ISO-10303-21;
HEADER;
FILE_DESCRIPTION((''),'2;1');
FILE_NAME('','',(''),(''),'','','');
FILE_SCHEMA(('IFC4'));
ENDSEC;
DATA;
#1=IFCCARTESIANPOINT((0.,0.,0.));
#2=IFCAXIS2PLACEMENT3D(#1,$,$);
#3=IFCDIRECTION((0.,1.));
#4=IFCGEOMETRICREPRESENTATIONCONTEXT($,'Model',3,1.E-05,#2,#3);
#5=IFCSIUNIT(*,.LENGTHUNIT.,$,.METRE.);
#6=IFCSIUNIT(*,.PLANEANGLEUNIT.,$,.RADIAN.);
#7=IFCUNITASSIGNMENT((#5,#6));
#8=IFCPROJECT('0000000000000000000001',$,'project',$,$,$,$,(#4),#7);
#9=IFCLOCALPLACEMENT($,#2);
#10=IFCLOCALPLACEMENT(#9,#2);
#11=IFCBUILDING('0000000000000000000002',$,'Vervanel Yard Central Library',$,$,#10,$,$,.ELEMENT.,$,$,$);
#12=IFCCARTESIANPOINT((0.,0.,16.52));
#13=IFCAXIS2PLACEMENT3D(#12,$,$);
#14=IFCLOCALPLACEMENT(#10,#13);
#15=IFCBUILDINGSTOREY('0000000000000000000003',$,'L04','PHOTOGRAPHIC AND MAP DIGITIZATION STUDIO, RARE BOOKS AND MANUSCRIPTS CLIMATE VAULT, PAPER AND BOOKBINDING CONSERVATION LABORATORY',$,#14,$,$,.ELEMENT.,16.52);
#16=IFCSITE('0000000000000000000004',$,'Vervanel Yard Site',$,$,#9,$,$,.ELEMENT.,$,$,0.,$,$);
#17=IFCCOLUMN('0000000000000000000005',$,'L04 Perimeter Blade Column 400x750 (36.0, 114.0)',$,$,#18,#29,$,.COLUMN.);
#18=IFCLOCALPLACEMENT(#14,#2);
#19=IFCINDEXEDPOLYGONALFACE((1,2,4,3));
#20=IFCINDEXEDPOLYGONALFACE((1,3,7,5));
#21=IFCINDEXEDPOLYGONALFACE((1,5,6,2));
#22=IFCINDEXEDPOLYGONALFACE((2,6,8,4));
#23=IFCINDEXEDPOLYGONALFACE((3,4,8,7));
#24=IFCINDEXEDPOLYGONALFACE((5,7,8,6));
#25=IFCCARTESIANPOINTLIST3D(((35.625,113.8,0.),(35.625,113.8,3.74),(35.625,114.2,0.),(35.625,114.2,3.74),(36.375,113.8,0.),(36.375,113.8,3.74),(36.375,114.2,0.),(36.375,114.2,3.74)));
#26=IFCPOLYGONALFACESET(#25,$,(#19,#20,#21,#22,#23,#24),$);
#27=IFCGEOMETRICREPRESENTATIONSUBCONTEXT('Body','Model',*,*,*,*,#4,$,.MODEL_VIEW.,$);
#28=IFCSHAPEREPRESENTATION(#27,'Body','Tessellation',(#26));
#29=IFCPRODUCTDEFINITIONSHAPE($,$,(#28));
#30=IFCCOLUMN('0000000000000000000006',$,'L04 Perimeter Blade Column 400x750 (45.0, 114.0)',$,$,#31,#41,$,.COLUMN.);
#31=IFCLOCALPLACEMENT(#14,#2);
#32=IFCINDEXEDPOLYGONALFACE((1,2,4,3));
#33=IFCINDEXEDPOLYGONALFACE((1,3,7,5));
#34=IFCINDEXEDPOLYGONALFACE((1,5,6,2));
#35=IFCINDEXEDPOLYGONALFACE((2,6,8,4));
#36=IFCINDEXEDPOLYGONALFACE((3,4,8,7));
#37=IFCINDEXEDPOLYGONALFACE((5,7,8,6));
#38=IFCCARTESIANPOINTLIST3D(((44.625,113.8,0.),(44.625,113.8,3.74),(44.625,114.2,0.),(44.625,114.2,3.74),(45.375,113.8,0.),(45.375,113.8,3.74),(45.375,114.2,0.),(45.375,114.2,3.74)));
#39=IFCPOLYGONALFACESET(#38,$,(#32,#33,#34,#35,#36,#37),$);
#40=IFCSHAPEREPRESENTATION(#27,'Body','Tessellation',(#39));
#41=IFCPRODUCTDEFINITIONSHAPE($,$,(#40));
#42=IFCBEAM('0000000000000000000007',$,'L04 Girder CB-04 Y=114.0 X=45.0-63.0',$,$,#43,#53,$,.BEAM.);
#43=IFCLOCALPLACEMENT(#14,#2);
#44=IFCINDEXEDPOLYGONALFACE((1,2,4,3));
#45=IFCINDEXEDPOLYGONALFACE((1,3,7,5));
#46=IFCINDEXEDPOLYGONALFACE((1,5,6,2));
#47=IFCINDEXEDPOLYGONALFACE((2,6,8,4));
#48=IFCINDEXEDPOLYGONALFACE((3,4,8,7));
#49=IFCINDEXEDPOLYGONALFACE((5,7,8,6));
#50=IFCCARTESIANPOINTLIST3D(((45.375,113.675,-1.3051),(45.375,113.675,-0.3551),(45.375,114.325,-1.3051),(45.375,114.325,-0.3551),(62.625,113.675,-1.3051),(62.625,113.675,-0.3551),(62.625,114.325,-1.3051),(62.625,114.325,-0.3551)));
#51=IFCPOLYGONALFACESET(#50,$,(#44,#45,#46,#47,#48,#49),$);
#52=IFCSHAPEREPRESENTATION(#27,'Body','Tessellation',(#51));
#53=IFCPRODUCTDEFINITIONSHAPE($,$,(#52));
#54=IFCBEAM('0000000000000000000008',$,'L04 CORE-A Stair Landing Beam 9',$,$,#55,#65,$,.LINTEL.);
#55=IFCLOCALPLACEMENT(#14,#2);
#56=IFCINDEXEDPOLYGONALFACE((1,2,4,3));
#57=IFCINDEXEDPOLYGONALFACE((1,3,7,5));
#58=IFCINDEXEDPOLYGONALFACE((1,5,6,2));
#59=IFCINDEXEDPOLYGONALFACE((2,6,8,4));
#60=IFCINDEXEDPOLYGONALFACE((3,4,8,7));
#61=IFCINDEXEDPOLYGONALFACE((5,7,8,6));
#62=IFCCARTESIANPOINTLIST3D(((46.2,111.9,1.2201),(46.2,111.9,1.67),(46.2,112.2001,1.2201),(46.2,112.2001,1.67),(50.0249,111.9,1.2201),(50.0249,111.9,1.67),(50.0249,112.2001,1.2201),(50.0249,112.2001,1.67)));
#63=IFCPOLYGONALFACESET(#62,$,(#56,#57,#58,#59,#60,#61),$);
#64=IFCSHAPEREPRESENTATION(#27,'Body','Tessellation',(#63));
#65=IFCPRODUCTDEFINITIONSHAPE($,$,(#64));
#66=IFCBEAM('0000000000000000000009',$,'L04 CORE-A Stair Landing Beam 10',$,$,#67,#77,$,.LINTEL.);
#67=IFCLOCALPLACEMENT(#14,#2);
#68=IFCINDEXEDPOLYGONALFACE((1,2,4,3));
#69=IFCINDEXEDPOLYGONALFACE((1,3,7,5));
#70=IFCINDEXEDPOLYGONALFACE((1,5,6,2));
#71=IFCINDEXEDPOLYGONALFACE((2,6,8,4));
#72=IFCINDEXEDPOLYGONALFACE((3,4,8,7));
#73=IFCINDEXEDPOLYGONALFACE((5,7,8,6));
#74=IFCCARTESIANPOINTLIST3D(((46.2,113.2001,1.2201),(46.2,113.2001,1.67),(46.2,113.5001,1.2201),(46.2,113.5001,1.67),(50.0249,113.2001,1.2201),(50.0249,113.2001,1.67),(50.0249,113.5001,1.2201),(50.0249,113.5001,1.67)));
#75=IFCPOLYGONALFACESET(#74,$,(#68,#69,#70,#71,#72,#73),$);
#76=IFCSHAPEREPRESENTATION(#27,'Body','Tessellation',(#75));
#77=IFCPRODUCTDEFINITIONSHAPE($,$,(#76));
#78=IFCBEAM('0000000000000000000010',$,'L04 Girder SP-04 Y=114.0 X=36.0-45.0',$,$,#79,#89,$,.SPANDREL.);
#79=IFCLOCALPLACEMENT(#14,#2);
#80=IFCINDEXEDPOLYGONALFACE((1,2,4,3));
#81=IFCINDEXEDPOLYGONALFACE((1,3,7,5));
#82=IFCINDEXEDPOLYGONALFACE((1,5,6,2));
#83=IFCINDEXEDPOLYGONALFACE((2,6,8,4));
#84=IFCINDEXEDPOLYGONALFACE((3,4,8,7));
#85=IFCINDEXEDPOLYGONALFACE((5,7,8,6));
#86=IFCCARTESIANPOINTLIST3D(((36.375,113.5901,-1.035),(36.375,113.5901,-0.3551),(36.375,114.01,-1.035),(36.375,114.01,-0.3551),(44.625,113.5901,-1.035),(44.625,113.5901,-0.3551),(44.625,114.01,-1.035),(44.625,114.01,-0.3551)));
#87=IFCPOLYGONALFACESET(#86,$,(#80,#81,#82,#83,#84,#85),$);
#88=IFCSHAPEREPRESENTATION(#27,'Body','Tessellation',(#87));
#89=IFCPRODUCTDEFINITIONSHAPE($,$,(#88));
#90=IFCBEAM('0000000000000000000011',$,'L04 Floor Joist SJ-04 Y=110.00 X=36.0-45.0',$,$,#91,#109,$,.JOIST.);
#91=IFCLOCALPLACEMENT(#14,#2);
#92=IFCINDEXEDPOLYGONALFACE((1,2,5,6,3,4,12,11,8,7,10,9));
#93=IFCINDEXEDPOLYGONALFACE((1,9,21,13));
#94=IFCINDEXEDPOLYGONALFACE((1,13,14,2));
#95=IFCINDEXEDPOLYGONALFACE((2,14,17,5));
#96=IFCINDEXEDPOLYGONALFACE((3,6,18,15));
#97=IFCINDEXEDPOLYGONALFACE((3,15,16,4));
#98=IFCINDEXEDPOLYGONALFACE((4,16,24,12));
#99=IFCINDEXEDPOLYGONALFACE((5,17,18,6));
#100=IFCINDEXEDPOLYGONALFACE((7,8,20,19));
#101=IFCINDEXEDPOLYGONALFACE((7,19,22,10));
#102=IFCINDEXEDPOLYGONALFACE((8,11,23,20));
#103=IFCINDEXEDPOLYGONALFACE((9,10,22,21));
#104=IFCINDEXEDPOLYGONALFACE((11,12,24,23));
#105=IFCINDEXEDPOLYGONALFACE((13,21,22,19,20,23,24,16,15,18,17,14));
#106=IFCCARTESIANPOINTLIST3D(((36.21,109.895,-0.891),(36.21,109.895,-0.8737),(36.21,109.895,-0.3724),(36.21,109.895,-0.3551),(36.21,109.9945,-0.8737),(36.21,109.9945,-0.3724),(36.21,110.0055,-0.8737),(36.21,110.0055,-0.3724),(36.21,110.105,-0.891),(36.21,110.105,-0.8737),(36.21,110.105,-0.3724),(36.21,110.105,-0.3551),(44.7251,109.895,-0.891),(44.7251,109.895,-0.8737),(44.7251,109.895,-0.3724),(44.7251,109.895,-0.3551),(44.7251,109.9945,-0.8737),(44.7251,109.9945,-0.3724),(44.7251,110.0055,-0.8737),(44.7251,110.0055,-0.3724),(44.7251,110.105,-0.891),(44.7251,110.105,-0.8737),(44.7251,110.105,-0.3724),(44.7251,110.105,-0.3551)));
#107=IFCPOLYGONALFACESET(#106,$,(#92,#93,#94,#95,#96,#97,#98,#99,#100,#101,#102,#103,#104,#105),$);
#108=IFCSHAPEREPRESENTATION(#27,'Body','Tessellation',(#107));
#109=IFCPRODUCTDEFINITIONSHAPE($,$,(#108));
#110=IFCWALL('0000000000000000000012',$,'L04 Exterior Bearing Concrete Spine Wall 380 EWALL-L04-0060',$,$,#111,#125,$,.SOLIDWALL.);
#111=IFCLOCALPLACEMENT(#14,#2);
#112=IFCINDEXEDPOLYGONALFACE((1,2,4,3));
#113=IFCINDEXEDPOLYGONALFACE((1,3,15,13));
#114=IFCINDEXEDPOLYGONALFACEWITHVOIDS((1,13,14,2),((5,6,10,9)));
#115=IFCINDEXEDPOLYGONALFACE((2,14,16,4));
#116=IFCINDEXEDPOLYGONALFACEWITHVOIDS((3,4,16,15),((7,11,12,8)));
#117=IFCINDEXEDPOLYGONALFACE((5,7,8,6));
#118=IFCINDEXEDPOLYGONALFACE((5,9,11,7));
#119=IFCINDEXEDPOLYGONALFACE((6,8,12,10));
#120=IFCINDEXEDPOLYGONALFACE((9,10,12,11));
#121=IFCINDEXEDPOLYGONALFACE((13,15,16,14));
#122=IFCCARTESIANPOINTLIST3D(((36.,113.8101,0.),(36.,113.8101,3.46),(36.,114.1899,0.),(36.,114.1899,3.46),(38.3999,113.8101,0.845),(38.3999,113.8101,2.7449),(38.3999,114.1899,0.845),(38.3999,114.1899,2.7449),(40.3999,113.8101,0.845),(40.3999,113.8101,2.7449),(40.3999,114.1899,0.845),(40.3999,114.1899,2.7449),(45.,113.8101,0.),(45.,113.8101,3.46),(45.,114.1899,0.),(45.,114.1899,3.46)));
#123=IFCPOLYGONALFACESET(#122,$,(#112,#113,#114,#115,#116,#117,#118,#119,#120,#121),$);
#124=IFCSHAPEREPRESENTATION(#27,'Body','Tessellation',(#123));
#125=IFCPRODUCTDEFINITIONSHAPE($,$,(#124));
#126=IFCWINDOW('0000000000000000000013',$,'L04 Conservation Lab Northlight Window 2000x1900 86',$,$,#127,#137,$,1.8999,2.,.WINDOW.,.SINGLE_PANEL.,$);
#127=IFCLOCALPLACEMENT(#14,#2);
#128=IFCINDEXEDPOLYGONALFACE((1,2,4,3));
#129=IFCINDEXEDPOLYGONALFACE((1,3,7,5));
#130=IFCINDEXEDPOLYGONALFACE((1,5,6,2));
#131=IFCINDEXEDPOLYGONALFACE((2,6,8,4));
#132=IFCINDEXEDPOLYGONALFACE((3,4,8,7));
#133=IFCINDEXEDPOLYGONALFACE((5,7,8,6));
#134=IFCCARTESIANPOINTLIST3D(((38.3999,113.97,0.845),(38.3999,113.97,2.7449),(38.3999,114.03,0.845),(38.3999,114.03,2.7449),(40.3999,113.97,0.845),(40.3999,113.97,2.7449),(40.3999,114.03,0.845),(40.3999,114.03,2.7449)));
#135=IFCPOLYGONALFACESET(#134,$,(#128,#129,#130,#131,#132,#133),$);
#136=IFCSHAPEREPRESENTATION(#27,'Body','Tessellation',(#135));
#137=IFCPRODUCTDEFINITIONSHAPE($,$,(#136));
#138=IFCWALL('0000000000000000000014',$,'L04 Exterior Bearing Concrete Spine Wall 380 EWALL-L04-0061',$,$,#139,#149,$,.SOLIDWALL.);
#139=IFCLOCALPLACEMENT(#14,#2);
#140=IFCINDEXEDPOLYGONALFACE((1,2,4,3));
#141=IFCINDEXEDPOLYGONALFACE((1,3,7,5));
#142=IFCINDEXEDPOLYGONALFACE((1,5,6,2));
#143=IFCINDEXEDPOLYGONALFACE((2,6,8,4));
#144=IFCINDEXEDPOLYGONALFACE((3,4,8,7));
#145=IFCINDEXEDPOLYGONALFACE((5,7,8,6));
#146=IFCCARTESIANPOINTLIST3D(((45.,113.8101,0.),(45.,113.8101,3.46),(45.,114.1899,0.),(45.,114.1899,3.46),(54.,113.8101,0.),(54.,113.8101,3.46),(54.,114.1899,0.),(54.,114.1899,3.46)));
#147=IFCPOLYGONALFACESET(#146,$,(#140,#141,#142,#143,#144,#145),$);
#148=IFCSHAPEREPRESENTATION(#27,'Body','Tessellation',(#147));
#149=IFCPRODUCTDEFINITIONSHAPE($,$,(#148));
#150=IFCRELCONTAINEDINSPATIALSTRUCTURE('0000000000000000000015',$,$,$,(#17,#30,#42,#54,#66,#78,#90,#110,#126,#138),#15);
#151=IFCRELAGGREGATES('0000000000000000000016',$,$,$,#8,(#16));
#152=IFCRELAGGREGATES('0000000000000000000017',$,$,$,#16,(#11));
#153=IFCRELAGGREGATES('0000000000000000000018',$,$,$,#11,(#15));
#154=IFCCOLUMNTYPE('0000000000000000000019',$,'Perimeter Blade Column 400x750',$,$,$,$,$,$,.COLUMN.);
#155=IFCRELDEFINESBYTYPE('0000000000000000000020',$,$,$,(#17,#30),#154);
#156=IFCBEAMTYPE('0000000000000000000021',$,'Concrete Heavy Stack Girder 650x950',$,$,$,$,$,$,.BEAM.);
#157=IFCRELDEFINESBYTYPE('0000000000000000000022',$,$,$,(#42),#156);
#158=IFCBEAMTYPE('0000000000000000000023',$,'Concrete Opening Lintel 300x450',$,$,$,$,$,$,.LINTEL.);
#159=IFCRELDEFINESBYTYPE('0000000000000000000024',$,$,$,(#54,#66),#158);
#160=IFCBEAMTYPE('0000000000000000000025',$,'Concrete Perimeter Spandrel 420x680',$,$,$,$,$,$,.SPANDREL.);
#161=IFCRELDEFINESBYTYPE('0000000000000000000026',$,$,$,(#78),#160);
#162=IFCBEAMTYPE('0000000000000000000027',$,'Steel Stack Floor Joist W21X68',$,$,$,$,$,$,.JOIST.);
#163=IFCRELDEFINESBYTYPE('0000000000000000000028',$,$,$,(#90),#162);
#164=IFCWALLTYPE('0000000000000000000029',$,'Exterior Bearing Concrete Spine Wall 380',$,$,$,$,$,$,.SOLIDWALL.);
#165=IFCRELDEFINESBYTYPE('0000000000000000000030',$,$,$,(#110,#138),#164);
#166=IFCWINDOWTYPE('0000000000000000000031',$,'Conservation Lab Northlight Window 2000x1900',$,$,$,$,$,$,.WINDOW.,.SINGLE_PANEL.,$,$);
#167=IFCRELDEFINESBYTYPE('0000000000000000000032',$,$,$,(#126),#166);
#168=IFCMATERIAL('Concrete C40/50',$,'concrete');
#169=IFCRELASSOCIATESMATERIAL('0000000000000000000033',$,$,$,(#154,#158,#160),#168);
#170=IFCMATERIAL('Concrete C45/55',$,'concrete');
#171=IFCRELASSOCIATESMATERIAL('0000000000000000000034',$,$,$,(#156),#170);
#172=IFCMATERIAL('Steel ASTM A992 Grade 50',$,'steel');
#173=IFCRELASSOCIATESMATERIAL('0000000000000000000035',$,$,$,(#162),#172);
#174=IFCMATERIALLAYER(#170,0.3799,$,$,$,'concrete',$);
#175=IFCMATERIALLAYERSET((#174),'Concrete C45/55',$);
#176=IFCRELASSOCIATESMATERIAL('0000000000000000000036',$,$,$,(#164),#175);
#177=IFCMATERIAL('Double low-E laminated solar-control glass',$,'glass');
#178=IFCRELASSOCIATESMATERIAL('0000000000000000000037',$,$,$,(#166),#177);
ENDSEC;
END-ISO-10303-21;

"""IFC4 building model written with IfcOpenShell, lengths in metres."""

from ifc_helpers import new_model, si_unit, direction, frame, frame_2d, origin, origin_2d, place, context, subcontext, project, spatial, rectangle, i_section, extrude, material, layer, layer_set, material_profile, profile_set, type_object, element, fill, save


model = new_model("IFC4")

# Units and contexts
model_context = context("Model", 3, precision=1e-05, world=origin(), true_north=direction((0.0, 1.0)))
body_context = subcontext(model_context, "Body", "Model", "MODEL_VIEW")
ifc_project = project(units=[si_unit("LENGTHUNIT", "METRE"), si_unit("PLANEANGLEUNIT", "RADIAN")], contexts=[model_context])

# Site, building, storey
site_placement = place(None, origin())
site = spatial("IfcSite", under=ifc_project, at=site_placement, Name="Vervanel Yard Site", CompositionType="ELEMENT", RefElevation=0.0)
building_placement = place(site_placement, origin())
building = spatial("IfcBuilding", under=site, at=building_placement, Name="Vervanel Yard Central Library", CompositionType="ELEMENT")
storey_placement = place(building_placement, frame((0.0, 0.0, 16.52)))
storey = spatial("IfcBuildingStorey", under=building, at=storey_placement, Name="L04", Description="PHOTOGRAPHIC AND MAP DIGITIZATION STUDIO, RARE BOOKS AND MANUSCRIPTS CLIMATE VAULT, PAPER AND BOOKBINDING CONSERVATION LABORATORY", CompositionType="ELEMENT", Elevation=16.52)

# Columns
ifc_material_1 = material(Name="Concrete C40/50", Category="concrete")
ifc_material_profile_1 = material_profile(ifc_material_1, rectangle(XDim=0.3999, YDim=0.75, at=origin_2d()), Name="RC 400x750", Category="concrete")
ifc_profile_set_1 = profile_set([ifc_material_profile_1], Name="Concrete C40/50")
column_type = type_object("IfcColumnType", Name="Perimeter Blade Column 400x750", PredefinedType="COLUMN", material=ifc_profile_set_1)
for number, where, z_axis, x_axis, name in (
    (1, (36.0, 114.0, 0.0), (0.0, 0.0, 1.0), (0.0, 1.0, 0.0), "L04 Perimeter Blade Column 400x750 (36.0, 114.0)"),
    (2, (45.0, 114.0, 0.0), (0.0, 0.0, 1.0), (0.0, 1.0, 0.0), "L04 Perimeter Blade Column 400x750 (45.0, 114.0)"),
):
    element("IfcColumn", number, at=place(storey_placement, frame(where, z_axis=z_axis, x_axis=x_axis)), inside=storey, type_object=column_type, Name=name, PredefinedType="COLUMN", context=body_context, shape_type="SweptSolid", body=[
        extrude(rectangle(XDim=0.3999, YDim=0.75, at=origin_2d()), origin(), (0.0, 0.0, 1.0), 3.74),
    ])

# Beams
ifc_material_2 = material(Name="Concrete C45/55", Category="concrete")
ifc_material_profile_2 = material_profile(ifc_material_2, rectangle(XDim=0.6499, YDim=0.95, at=origin_2d()), Name="RC 650x950", Category="concrete")
ifc_profile_set_2 = profile_set([ifc_material_profile_2], Name="Concrete C45/55")
beam_type_1 = type_object("IfcBeamType", Name="Concrete Heavy Stack Girder 650x950", PredefinedType="BEAM", material=ifc_profile_set_2)
beam_1_placement = place(storey_placement, frame((45.375, 114.0, -0.8301), z_axis=(1.0, 0.0, 0.0), x_axis=(0.0, 1.0, 0.0)))
element("IfcBeam", 3, at=beam_1_placement, inside=storey, type_object=beam_type_1, Name="L04 Girder CB-04 Y=114.0 X=45.0-63.0", PredefinedType="BEAM", context=body_context, shape_type="SweptSolid", body=[
    extrude(rectangle(XDim=0.6499, YDim=0.95, at=origin_2d()), origin(), (0.0, 0.0, 1.0), 17.25),
])
ifc_material_profile_3 = material_profile(ifc_material_1, rectangle(XDim=0.3, YDim=0.45, at=origin_2d()), Name="RC 300x450", Category="concrete")
ifc_profile_set_3 = profile_set([ifc_material_profile_3], Name="Concrete C40/50")
beam_type_2 = type_object("IfcBeamType", Name="Concrete Opening Lintel 300x450", PredefinedType="LINTEL", material=ifc_profile_set_3)
for number, where, z_axis, x_axis, name in (
    (4, (46.2, 112.05, 1.4451), (1.0, 0.0, 0.0), (0.0, 1.0, 0.0), "L04 CORE-A Stair Landing Beam 9"),
    (5, (46.2, 113.3501, 1.4451), (1.0, 0.0, 0.0), (0.0, 1.0, 0.0), "L04 CORE-A Stair Landing Beam 10"),
):
    element("IfcBeam", number, at=place(storey_placement, frame(where, z_axis=z_axis, x_axis=x_axis)), inside=storey, type_object=beam_type_2, Name=name, PredefinedType="LINTEL", context=body_context, shape_type="SweptSolid", body=[
        extrude(rectangle(XDim=0.3, YDim=0.45, at=origin_2d()), origin(), (0.0, 0.0, 1.0), 3.825),
    ])
ifc_material_profile_4 = material_profile(ifc_material_1, rectangle(XDim=0.4199, YDim=0.6799, at=origin_2d()), Name="RC 420x680", Category="concrete")
ifc_profile_set_4 = profile_set([ifc_material_profile_4], Name="Concrete C40/50")
beam_type_3 = type_object("IfcBeamType", Name="Concrete Perimeter Spandrel 420x680", PredefinedType="SPANDREL", material=ifc_profile_set_4)
beam_2_placement = place(storey_placement, frame((36.375, 113.8, -0.6951), z_axis=(1.0, 0.0, 0.0), x_axis=(0.0, 1.0, 0.0)))
element("IfcBeam", 6, at=beam_2_placement, inside=storey, type_object=beam_type_3, Name="L04 Girder SP-04 Y=114.0 X=36.0-45.0", PredefinedType="SPANDREL", context=body_context, shape_type="SweptSolid", body=[
    extrude(rectangle(XDim=0.4199, YDim=0.6799, at=origin_2d()), origin(), (0.0, 0.0, 1.0), 8.25),
])
ifc_material_3 = material(Name="Steel ASTM A992 Grade 50", Category="steel")
ifc_material_profile_5 = material_profile(ifc_material_3, i_section(OverallWidth=0.21, OverallDepth=0.5359, WebThickness=0.011, FlangeThickness=0.0173, at=origin_2d()), Name="W21X68", Category="steel")
ifc_profile_set_5 = profile_set([ifc_material_profile_5], Name="Steel ASTM A992 Grade 50")
beam_type_4 = type_object("IfcBeamType", Name="Steel Stack Floor Joist W21X68", PredefinedType="JOIST", material=ifc_profile_set_5)
beam_3_placement = place(storey_placement, frame((36.21, 110.0, -0.623), z_axis=(1.0, 0.0, 0.0), x_axis=(0.0, 1.0, 0.0)))
element("IfcBeam", 7, at=beam_3_placement, inside=storey, type_object=beam_type_4, Name="L04 Floor Joist SJ-04 Y=110.00 X=36.0-45.0", PredefinedType="JOIST", context=body_context, shape_type="SweptSolid", body=[
    extrude(i_section(OverallWidth=0.21, OverallDepth=0.5359, WebThickness=0.011, FlangeThickness=0.0173, at=origin_2d()), origin(), (0.0, 0.0, 1.0), 8.5151),
])

# Wall, opening, window
ifc_layer_1 = layer(ifc_material_2, 0.3799, Category="concrete")
ifc_layer_set_1 = layer_set([ifc_layer_1], Name="Concrete C45/55")
wall_type = type_object("IfcWallType", Name="Exterior Bearing Concrete Spine Wall 380", PredefinedType="SOLIDWALL", material=ifc_layer_set_1)
wall_1_placement = place(storey_placement, frame((36.0, 114.0, 0.0), z_axis=(0.0, 0.0, 1.0), x_axis=(1.0, 0.0, 0.0)))
wall_1 = element("IfcWall", 8, at=wall_1_placement, inside=storey, type_object=wall_type, Name="L04 Exterior Bearing Concrete Spine Wall 380 EWALL-L04-0060", PredefinedType="SOLIDWALL", context=body_context, shape_type="SweptSolid", body=[
    extrude(rectangle(XDim=9.0, YDim=0.3799, at=frame_2d((4.5, 0.0))), origin(), (0.0, 0.0, 1.0), 3.46),
])
opening_placement = place(wall_1_placement, frame((2.3999, 0.0, 0.845)))
opening = element("IfcOpeningElement", 9, at=opening_placement, cuts=wall_1, PredefinedType="OPENING", context=body_context, shape_type="SweptSolid", body=[
    extrude(rectangle(XDim=2.0, YDim=1.8999, at=frame_2d((1.0, 0.95))), frame((0.0, 0.2, 0.0), z_axis=(0.0, -1.0, 0.0), x_axis=(1.0, 0.0, 0.0)), (0.0, 0.0, 1.0), 0.3999),
])
ifc_material_4 = material(Name="Double low-E laminated solar-control glass", Category="glass")
window_type = type_object("IfcWindowType", Name="Conservation Lab Northlight Window 2000x1900", PartitioningType="SINGLE_PANEL", PredefinedType="WINDOW", material=ifc_material_4)
window_placement = place(opening_placement, origin())
window = element("IfcWindow", 10, at=window_placement, inside=storey, type_object=window_type, Name="L04 Conservation Lab Northlight Window 2000x1900 86", OverallHeight=1.8999, OverallWidth=2.0, PartitioningType="SINGLE_PANEL", PredefinedType="WINDOW", context=body_context, shape_type="SweptSolid", body=[
    extrude(rectangle(XDim=2.0, YDim=1.8999, at=frame_2d((1.0, 0.95))), frame((0.0, 0.03, 0.0), z_axis=(0.0, -1.0, 0.0), x_axis=(1.0, 0.0, 0.0)), (0.0, 0.0, 1.0), 0.0601),
])
fill(opening, window)

# Wall
wall_2_placement = place(storey_placement, frame((45.0, 114.0, 0.0), z_axis=(0.0, 0.0, 1.0), x_axis=(1.0, 0.0, 0.0)))
element("IfcWall", 11, at=wall_2_placement, inside=storey, type_object=wall_type, Name="L04 Exterior Bearing Concrete Spine Wall 380 EWALL-L04-0061", PredefinedType="SOLIDWALL", context=body_context, shape_type="SweptSolid", body=[
    extrude(rectangle(XDim=9.0, YDim=0.3799, at=frame_2d((4.5, 0.0))), origin(), (0.0, 0.0, 1.0), 3.46),
])

save(model, "model.ifc")
